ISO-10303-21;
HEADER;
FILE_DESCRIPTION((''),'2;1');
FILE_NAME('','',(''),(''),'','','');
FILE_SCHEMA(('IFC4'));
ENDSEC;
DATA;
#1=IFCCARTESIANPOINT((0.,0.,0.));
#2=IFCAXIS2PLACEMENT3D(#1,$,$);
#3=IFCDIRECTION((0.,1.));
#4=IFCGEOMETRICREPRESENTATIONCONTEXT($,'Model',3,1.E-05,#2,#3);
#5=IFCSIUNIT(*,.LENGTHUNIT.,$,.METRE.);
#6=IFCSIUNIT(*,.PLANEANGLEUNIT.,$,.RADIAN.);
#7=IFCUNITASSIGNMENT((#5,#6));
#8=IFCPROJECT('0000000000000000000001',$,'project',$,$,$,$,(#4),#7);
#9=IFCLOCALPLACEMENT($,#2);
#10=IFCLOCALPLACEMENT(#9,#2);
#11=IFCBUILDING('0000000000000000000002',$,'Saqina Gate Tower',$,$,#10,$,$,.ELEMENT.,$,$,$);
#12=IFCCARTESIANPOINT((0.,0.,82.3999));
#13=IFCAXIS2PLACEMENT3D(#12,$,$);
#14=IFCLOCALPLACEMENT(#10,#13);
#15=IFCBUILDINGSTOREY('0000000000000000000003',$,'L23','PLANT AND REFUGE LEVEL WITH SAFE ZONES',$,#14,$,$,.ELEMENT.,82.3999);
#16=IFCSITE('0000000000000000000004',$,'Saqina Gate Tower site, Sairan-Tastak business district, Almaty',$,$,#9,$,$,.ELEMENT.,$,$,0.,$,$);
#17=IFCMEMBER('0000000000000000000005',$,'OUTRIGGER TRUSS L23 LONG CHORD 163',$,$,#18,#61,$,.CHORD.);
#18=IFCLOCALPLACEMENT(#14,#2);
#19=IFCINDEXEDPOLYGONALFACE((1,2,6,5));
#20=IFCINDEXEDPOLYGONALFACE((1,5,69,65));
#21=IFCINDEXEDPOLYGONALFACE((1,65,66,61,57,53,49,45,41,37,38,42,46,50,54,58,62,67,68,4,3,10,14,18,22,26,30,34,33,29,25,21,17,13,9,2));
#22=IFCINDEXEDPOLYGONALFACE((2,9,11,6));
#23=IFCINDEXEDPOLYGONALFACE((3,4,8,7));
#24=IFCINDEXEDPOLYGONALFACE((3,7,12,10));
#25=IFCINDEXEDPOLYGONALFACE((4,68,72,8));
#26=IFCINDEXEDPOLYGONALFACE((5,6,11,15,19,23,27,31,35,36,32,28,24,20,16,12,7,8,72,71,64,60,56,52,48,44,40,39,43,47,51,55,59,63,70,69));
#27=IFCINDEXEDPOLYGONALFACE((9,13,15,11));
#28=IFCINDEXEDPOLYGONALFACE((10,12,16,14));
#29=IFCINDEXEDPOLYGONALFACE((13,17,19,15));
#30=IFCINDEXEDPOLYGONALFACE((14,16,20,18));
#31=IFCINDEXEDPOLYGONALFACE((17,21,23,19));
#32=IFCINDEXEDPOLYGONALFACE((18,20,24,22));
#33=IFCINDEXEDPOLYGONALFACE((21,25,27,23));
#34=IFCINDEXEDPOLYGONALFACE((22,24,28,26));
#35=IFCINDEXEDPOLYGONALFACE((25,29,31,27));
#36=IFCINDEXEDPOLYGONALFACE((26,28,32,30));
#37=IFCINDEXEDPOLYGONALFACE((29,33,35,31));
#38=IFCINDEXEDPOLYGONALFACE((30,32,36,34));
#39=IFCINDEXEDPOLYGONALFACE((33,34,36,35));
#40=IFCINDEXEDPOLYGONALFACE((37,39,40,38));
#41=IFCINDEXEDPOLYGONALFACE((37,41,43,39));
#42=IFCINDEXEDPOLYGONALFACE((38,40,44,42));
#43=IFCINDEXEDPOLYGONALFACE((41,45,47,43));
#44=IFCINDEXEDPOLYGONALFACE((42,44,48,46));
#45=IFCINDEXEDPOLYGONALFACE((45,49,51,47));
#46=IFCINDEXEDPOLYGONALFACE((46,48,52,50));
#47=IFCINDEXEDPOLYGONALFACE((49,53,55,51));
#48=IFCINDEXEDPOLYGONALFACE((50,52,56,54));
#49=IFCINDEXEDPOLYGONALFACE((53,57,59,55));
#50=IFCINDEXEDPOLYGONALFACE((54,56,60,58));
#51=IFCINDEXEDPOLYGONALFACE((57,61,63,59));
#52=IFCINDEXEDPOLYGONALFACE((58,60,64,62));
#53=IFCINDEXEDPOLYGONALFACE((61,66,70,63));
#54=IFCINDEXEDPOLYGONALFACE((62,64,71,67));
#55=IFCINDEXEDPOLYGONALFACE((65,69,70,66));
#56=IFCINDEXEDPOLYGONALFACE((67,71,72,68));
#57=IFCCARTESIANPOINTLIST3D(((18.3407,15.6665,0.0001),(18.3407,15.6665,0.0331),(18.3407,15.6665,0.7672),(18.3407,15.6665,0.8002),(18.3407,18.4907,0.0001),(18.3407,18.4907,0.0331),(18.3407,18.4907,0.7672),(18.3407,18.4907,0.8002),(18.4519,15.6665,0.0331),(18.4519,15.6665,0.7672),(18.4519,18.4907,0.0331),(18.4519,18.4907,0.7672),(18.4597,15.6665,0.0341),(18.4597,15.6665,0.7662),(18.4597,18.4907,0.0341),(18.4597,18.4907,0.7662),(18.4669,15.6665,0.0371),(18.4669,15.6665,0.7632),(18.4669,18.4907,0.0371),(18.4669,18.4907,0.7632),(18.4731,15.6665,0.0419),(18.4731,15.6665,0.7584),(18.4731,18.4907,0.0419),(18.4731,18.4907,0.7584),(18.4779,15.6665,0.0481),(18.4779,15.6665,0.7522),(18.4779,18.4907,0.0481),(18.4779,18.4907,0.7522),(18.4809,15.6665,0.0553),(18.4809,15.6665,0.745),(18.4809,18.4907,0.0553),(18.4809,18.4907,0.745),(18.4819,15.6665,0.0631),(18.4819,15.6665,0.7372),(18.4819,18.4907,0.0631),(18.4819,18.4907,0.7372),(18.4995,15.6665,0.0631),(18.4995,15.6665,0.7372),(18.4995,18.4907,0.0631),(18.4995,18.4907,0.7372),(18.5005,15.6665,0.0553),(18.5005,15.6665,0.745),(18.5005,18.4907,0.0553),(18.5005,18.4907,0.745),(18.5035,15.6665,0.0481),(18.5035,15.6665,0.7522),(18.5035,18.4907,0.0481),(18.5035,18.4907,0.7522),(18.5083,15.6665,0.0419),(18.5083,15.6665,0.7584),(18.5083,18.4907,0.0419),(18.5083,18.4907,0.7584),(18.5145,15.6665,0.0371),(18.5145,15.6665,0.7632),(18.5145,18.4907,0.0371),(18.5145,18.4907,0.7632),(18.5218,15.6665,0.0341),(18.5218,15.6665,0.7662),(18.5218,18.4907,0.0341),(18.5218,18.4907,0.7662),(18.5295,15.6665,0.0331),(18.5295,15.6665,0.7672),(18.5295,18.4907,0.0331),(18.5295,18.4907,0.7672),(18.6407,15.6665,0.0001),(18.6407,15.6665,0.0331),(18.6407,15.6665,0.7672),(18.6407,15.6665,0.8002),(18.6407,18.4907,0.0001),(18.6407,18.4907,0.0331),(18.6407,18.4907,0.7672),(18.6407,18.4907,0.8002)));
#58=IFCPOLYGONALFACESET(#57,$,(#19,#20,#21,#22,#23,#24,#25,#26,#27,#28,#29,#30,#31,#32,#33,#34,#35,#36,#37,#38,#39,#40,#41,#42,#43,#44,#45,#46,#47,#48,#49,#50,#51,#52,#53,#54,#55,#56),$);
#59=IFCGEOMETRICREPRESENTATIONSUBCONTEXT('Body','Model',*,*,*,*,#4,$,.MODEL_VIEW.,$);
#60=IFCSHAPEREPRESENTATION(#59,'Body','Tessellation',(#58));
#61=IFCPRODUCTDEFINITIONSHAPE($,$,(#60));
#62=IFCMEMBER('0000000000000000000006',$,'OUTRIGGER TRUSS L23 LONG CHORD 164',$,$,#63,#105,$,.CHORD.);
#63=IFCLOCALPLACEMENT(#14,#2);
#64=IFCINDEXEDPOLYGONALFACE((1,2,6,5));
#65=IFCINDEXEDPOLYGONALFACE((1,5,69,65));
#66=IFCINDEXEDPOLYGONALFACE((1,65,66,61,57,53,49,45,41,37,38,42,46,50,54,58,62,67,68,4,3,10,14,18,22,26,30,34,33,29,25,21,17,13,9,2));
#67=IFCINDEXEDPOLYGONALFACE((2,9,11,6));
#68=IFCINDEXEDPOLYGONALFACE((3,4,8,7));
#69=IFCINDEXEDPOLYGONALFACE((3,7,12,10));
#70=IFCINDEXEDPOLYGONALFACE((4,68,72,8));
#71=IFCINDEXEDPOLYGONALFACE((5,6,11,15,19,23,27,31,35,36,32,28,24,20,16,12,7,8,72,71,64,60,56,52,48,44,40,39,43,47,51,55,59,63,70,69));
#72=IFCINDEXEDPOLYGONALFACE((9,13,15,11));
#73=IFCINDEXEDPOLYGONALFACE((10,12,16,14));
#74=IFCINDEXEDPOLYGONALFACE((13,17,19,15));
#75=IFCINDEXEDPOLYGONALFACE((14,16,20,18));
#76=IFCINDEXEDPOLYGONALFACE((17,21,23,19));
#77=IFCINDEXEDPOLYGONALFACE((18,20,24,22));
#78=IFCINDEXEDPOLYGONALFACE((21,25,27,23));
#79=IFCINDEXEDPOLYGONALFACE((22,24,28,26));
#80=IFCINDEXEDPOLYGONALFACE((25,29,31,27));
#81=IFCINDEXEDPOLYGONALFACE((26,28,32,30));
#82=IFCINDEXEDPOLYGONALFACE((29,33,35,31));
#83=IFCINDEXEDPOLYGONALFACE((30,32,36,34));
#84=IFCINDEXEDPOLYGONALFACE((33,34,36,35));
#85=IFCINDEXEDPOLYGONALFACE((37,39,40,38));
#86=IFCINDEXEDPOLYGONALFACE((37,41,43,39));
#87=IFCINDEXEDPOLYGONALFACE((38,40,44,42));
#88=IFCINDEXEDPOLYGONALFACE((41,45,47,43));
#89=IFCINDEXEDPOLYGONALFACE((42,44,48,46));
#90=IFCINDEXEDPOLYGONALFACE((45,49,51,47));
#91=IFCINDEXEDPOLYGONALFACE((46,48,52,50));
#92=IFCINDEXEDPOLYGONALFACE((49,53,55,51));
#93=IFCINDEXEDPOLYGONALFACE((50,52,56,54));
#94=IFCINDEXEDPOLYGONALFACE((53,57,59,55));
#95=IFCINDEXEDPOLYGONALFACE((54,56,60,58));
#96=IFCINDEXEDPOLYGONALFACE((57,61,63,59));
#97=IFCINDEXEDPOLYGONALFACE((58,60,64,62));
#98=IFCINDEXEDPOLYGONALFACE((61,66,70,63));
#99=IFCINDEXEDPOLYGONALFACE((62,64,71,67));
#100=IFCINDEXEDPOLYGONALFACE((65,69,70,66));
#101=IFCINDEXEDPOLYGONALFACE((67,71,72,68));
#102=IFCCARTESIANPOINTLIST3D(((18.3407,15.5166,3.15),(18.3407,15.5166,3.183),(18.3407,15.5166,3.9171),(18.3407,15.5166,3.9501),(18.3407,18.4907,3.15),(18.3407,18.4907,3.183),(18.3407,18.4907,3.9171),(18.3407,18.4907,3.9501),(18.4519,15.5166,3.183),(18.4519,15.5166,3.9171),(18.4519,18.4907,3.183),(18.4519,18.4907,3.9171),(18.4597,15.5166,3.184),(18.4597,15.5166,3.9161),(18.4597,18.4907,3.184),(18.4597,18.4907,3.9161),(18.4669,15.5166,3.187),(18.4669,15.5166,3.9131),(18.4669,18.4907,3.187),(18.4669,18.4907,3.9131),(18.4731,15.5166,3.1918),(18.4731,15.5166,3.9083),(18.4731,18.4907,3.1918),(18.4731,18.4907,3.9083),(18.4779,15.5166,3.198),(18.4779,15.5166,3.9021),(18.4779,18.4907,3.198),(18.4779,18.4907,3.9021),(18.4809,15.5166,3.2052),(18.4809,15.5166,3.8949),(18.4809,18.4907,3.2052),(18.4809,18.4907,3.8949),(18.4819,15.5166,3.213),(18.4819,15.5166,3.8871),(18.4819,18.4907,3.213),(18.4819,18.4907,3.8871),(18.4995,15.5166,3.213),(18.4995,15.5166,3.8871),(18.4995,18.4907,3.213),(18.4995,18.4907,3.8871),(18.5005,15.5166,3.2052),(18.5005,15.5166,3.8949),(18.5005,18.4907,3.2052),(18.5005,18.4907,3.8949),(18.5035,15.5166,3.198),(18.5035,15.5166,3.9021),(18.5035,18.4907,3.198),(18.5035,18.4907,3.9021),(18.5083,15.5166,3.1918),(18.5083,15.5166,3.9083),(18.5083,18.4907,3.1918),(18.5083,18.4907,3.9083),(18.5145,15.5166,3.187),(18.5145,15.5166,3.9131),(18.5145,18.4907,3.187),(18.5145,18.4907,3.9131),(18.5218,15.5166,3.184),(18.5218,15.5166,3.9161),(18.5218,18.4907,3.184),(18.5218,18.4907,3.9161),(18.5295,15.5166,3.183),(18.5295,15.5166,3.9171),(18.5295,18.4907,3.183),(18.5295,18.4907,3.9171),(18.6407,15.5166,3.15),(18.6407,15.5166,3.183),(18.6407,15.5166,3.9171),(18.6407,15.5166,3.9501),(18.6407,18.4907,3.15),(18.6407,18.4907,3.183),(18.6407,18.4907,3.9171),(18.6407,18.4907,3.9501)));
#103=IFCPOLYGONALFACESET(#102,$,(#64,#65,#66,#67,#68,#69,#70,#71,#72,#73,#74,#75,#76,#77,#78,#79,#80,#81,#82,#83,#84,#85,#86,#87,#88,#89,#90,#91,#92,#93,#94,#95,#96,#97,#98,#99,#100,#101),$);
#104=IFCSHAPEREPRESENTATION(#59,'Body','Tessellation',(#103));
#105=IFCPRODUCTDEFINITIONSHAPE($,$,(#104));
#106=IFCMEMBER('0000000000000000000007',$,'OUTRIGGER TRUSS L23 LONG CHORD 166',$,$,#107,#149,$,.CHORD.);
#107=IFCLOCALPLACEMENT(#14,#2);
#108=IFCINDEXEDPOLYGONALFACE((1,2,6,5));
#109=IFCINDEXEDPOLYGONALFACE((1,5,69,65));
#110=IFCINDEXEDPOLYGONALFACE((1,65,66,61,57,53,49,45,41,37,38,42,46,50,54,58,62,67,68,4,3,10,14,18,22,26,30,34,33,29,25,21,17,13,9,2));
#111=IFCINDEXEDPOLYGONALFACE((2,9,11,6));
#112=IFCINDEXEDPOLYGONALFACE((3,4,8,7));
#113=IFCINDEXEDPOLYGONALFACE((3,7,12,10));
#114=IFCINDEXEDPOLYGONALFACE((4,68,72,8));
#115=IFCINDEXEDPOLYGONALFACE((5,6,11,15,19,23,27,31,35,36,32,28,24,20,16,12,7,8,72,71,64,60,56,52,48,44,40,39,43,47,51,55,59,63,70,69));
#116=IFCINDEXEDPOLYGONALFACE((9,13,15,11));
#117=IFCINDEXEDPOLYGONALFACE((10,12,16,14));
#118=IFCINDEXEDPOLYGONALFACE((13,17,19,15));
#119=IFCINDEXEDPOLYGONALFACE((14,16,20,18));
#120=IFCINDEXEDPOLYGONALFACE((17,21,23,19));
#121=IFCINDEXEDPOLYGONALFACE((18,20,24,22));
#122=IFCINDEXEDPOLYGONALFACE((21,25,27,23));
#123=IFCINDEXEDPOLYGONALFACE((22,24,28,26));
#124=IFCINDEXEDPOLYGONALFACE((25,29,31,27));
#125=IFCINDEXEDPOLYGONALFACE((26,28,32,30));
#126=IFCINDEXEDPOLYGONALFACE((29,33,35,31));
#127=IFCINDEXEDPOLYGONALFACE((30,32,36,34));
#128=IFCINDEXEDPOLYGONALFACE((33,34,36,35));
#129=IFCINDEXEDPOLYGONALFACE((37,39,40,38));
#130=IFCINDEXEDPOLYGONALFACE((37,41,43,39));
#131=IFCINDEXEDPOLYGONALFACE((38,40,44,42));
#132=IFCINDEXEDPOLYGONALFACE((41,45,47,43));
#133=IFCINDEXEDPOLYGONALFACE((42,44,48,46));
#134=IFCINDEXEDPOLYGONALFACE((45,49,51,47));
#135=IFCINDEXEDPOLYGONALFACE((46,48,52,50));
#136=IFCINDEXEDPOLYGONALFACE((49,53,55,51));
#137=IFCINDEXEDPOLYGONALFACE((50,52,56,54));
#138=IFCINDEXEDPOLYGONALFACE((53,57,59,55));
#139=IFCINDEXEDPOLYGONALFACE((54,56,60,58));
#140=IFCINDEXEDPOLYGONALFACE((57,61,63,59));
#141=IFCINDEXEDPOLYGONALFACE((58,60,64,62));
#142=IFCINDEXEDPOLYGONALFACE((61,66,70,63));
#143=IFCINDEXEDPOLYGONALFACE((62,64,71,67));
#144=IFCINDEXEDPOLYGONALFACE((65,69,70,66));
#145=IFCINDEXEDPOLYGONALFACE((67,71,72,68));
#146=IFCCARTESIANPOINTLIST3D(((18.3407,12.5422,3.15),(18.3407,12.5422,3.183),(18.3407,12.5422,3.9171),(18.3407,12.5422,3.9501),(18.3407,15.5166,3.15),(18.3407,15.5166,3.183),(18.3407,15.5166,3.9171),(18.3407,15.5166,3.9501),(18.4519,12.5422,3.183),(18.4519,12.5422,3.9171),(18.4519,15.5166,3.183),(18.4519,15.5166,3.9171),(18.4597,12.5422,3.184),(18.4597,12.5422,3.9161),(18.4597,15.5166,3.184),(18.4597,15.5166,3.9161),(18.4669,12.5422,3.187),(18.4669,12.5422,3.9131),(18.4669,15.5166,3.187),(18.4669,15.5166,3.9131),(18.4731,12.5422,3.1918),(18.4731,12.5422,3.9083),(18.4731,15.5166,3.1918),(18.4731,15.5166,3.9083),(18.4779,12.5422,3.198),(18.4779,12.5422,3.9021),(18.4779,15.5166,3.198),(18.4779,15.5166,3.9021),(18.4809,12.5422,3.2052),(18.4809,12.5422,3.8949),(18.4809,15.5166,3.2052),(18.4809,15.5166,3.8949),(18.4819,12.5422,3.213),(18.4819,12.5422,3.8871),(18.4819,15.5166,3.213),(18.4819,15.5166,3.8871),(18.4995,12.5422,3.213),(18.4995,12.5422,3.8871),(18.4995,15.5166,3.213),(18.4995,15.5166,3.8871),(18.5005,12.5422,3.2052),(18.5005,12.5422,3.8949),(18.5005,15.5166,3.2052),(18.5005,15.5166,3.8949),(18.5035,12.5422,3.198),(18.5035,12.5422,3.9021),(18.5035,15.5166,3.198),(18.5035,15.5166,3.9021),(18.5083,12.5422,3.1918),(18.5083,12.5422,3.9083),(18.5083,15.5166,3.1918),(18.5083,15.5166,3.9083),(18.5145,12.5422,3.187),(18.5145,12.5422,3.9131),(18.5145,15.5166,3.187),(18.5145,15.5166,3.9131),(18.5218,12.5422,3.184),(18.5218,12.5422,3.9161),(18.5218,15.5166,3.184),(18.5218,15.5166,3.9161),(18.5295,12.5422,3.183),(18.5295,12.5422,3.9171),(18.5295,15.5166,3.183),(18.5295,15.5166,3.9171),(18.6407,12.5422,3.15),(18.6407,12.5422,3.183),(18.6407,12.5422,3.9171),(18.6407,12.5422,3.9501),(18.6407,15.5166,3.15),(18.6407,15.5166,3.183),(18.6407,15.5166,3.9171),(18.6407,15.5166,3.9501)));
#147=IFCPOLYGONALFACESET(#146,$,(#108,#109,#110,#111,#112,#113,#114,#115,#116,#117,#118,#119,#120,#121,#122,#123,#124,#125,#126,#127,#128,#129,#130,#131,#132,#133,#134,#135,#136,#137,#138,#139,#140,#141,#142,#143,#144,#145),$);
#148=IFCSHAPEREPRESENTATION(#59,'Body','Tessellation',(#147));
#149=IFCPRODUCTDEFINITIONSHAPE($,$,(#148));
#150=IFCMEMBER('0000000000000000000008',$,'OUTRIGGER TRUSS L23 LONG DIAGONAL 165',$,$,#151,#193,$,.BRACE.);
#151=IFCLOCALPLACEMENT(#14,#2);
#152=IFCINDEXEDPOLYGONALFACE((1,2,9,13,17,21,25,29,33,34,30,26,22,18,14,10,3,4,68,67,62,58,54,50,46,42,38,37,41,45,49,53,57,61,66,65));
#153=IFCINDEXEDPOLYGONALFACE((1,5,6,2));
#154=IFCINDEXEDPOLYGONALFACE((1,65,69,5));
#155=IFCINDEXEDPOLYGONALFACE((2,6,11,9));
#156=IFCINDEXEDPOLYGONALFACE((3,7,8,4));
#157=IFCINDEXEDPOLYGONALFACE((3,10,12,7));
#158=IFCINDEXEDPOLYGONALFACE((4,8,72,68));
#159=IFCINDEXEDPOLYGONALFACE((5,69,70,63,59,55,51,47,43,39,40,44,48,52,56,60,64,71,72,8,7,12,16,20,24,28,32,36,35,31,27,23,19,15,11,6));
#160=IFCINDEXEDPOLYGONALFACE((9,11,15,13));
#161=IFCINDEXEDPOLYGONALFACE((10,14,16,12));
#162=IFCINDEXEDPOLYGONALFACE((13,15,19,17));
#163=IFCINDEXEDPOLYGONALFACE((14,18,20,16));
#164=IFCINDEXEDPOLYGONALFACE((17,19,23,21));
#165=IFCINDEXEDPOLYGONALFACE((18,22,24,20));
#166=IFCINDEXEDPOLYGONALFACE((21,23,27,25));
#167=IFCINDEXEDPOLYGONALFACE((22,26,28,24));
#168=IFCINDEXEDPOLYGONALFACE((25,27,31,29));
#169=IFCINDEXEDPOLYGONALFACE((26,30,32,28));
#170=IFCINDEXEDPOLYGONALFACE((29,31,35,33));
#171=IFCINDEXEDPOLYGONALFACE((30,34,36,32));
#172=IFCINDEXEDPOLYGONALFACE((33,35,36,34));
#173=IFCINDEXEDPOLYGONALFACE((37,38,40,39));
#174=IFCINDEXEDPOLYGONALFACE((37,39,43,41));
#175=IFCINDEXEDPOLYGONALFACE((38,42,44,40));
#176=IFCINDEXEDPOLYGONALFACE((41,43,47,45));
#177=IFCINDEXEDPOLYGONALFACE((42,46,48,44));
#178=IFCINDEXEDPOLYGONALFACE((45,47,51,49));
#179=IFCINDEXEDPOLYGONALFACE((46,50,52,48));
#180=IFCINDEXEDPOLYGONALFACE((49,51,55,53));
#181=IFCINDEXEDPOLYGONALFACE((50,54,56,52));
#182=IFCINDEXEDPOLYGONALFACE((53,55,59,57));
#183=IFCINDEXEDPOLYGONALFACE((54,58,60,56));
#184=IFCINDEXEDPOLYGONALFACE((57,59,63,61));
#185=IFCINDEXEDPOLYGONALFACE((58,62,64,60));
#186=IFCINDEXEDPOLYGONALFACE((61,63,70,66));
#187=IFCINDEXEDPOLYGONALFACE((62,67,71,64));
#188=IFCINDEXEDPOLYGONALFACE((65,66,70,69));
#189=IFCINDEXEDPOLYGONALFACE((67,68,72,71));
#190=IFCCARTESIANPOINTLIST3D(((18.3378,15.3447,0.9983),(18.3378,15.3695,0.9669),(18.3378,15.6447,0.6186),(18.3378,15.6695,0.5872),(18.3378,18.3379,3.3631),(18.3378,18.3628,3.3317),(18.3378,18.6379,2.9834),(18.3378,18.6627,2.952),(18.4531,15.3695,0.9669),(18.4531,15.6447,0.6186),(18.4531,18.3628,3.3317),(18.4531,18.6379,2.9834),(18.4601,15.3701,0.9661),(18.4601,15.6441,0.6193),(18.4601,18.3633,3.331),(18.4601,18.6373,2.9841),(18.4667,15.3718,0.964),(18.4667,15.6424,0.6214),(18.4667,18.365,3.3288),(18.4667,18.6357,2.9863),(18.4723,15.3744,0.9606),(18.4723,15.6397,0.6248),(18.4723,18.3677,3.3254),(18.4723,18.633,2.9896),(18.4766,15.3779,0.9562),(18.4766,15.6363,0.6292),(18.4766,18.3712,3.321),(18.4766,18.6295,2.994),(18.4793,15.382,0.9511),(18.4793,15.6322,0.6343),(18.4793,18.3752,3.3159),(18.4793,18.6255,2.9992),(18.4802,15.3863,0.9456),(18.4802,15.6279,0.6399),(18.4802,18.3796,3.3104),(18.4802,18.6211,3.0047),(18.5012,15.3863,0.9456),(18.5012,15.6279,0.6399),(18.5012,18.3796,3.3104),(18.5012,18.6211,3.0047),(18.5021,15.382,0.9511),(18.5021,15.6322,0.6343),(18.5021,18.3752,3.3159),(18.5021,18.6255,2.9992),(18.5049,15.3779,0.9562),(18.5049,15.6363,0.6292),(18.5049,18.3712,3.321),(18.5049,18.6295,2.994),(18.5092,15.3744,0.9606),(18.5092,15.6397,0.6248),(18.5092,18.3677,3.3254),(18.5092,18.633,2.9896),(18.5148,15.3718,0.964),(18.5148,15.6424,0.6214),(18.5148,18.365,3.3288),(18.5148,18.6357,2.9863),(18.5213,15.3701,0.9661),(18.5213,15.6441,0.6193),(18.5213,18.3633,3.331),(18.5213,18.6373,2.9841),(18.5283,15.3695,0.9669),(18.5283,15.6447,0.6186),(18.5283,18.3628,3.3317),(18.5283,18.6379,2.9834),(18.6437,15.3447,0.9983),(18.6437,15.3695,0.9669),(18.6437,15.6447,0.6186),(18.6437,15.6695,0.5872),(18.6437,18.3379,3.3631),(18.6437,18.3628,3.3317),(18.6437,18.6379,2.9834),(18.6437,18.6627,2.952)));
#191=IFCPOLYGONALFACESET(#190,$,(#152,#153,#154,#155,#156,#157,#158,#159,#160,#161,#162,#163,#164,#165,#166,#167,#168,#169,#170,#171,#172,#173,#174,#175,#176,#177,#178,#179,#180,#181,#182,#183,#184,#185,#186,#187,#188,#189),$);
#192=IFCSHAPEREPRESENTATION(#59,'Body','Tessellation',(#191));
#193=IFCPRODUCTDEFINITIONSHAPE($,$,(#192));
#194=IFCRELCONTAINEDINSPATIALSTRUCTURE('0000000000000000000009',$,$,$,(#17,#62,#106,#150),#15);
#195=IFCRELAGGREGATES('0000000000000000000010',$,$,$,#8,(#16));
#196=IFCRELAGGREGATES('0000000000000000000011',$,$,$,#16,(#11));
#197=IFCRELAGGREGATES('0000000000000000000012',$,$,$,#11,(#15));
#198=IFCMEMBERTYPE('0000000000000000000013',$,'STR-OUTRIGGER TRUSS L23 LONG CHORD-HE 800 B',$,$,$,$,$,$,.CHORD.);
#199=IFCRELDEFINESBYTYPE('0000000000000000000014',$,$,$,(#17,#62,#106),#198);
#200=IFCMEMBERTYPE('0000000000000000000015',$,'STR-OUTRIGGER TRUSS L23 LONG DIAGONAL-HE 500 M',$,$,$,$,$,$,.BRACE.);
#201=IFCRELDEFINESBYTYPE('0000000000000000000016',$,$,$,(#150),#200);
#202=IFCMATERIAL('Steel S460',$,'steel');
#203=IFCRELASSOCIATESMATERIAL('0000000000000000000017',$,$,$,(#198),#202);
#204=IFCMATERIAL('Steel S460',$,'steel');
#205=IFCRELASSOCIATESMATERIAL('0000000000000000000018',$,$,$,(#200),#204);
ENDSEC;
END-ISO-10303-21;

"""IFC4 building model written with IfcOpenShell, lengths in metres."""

from ifc_helpers import new_model, si_unit, direction, frame, origin, origin_2d, place, context, subcontext, project, spatial, i_section, extrude, material, material_profile, profile_set, type_object, element, save


model = new_model("IFC4")

# Units and contexts
model_context = context("Model", 3, precision=1e-05, world=origin(), true_north=direction((0.0, 1.0)))
body_context = subcontext(model_context, "Body", "Model", "MODEL_VIEW")
ifc_project = project(units=[si_unit("LENGTHUNIT", "METRE"), si_unit("PLANEANGLEUNIT", "RADIAN")], contexts=[model_context])

# Site, building, storey
site_placement = place(None, origin())
site = spatial("IfcSite", under=ifc_project, at=site_placement, Name="Saqina Gate Tower site, Sairan-Tastak business district, Almaty", CompositionType="ELEMENT", RefElevation=0.0)
building_placement = place(site_placement, origin())
building = spatial("IfcBuilding", under=site, at=building_placement, Name="Saqina Gate Tower", CompositionType="ELEMENT")
storey_placement = place(building_placement, frame((0.0, 0.0, 82.3999)))
storey = spatial("IfcBuildingStorey", under=building, at=storey_placement, Name="L23", Description="PLANT AND REFUGE LEVEL WITH SAFE ZONES", CompositionType="ELEMENT", Elevation=82.3999)

# Members
ifc_material_1 = material(Name="Steel S460", Category="steel")
ifc_material_profile_1 = material_profile(ifc_material_1, i_section(OverallWidth=0.3, OverallDepth=0.8, WebThickness=0.0176, FlangeThickness=0.033, FilletRadius=0.03, at=origin_2d()), Name="HE 800 B")
ifc_profile_set_1 = profile_set([ifc_material_profile_1], Name="Steel S460")
member_type_1 = type_object("IfcMemberType", Name="STR-OUTRIGGER TRUSS L23 LONG CHORD-HE 800 B", PredefinedType="CHORD", material=ifc_profile_set_1)
member_1_placement = place(storey_placement, frame((18.4907, 15.6665, 0.4001), z_axis=(0.0, 1.0, 0.0), x_axis=(-1.0, 0.0, 0.0)))
element("IfcMember", 1, at=member_1_placement, inside=storey, type_object=member_type_1, Name="OUTRIGGER TRUSS L23 LONG CHORD 163", PredefinedType="CHORD", context=body_context, shape_type="SweptSolid", body=[
    extrude(i_section(OverallWidth=0.3, OverallDepth=0.8, WebThickness=0.0176, FlangeThickness=0.033, FilletRadius=0.03, at=origin_2d()), origin(), (0.0, 0.0, 1.0), 2.8242),
])
member_2_placement = place(storey_placement, frame((18.4907, 15.5166, 3.55), z_axis=(0.0, 1.0, 0.0), x_axis=(-1.0, 0.0, 0.0)))
element("IfcMember", 2, at=member_2_placement, inside=storey, type_object=member_type_1, Name="OUTRIGGER TRUSS L23 LONG CHORD 164", PredefinedType="CHORD", context=body_context, shape_type="SweptSolid", body=[
    extrude(i_section(OverallWidth=0.3, OverallDepth=0.8, WebThickness=0.0176, FlangeThickness=0.033, FilletRadius=0.03, at=origin_2d()), origin(), (0.0, 0.0, 1.0), 2.9741),
])
member_3_placement = place(storey_placement, frame((18.4907, 12.5422, 3.55), z_axis=(0.0, 1.0, 0.0), x_axis=(-1.0, 0.0, 0.0)))
element("IfcMember", 3, at=member_3_placement, inside=storey, type_object=member_type_1, Name="OUTRIGGER TRUSS L23 LONG CHORD 166", PredefinedType="CHORD", context=body_context, shape_type="SweptSolid", body=[
    extrude(i_section(OverallWidth=0.3, OverallDepth=0.8, WebThickness=0.0176, FlangeThickness=0.033, FilletRadius=0.03, at=origin_2d()), origin(), (0.0, 0.0, 1.0), 2.9744),
])
ifc_material_2 = material(Name="Steel S460", Category="steel")
ifc_material_profile_2 = material_profile(ifc_material_2, i_section(OverallWidth=0.3059, OverallDepth=0.5239, WebThickness=0.021, FlangeThickness=0.04, FilletRadius=0.0271, at=origin_2d()), Name="HE 500 M")
ifc_profile_set_2 = profile_set([ifc_material_profile_2], Name="Steel S460")
member_type_2 = type_object("IfcMemberType", Name="STR-OUTRIGGER TRUSS L23 LONG DIAGONAL-HE 500 M", PredefinedType="BRACE", material=ifc_profile_set_2)
member_4_placement = place(storey_placement, frame((18.4907, 15.5071, 0.7927), z_axis=(0.0, 0.784663, 0.619922), x_axis=(-1.0, 0.0, 0.0)))
element("IfcMember", 4, at=member_4_placement, inside=storey, type_object=member_type_2, Name="OUTRIGGER TRUSS L23 LONG DIAGONAL 165", PredefinedType="BRACE", context=body_context, shape_type="SweptSolid", body=[
    extrude(i_section(OverallWidth=0.3059, OverallDepth=0.5239, WebThickness=0.021, FlangeThickness=0.04, FilletRadius=0.0271, at=origin_2d()), origin(), (0.0, 0.0, 1.0), 3.8147),
])

save(model, "model.ifc")
